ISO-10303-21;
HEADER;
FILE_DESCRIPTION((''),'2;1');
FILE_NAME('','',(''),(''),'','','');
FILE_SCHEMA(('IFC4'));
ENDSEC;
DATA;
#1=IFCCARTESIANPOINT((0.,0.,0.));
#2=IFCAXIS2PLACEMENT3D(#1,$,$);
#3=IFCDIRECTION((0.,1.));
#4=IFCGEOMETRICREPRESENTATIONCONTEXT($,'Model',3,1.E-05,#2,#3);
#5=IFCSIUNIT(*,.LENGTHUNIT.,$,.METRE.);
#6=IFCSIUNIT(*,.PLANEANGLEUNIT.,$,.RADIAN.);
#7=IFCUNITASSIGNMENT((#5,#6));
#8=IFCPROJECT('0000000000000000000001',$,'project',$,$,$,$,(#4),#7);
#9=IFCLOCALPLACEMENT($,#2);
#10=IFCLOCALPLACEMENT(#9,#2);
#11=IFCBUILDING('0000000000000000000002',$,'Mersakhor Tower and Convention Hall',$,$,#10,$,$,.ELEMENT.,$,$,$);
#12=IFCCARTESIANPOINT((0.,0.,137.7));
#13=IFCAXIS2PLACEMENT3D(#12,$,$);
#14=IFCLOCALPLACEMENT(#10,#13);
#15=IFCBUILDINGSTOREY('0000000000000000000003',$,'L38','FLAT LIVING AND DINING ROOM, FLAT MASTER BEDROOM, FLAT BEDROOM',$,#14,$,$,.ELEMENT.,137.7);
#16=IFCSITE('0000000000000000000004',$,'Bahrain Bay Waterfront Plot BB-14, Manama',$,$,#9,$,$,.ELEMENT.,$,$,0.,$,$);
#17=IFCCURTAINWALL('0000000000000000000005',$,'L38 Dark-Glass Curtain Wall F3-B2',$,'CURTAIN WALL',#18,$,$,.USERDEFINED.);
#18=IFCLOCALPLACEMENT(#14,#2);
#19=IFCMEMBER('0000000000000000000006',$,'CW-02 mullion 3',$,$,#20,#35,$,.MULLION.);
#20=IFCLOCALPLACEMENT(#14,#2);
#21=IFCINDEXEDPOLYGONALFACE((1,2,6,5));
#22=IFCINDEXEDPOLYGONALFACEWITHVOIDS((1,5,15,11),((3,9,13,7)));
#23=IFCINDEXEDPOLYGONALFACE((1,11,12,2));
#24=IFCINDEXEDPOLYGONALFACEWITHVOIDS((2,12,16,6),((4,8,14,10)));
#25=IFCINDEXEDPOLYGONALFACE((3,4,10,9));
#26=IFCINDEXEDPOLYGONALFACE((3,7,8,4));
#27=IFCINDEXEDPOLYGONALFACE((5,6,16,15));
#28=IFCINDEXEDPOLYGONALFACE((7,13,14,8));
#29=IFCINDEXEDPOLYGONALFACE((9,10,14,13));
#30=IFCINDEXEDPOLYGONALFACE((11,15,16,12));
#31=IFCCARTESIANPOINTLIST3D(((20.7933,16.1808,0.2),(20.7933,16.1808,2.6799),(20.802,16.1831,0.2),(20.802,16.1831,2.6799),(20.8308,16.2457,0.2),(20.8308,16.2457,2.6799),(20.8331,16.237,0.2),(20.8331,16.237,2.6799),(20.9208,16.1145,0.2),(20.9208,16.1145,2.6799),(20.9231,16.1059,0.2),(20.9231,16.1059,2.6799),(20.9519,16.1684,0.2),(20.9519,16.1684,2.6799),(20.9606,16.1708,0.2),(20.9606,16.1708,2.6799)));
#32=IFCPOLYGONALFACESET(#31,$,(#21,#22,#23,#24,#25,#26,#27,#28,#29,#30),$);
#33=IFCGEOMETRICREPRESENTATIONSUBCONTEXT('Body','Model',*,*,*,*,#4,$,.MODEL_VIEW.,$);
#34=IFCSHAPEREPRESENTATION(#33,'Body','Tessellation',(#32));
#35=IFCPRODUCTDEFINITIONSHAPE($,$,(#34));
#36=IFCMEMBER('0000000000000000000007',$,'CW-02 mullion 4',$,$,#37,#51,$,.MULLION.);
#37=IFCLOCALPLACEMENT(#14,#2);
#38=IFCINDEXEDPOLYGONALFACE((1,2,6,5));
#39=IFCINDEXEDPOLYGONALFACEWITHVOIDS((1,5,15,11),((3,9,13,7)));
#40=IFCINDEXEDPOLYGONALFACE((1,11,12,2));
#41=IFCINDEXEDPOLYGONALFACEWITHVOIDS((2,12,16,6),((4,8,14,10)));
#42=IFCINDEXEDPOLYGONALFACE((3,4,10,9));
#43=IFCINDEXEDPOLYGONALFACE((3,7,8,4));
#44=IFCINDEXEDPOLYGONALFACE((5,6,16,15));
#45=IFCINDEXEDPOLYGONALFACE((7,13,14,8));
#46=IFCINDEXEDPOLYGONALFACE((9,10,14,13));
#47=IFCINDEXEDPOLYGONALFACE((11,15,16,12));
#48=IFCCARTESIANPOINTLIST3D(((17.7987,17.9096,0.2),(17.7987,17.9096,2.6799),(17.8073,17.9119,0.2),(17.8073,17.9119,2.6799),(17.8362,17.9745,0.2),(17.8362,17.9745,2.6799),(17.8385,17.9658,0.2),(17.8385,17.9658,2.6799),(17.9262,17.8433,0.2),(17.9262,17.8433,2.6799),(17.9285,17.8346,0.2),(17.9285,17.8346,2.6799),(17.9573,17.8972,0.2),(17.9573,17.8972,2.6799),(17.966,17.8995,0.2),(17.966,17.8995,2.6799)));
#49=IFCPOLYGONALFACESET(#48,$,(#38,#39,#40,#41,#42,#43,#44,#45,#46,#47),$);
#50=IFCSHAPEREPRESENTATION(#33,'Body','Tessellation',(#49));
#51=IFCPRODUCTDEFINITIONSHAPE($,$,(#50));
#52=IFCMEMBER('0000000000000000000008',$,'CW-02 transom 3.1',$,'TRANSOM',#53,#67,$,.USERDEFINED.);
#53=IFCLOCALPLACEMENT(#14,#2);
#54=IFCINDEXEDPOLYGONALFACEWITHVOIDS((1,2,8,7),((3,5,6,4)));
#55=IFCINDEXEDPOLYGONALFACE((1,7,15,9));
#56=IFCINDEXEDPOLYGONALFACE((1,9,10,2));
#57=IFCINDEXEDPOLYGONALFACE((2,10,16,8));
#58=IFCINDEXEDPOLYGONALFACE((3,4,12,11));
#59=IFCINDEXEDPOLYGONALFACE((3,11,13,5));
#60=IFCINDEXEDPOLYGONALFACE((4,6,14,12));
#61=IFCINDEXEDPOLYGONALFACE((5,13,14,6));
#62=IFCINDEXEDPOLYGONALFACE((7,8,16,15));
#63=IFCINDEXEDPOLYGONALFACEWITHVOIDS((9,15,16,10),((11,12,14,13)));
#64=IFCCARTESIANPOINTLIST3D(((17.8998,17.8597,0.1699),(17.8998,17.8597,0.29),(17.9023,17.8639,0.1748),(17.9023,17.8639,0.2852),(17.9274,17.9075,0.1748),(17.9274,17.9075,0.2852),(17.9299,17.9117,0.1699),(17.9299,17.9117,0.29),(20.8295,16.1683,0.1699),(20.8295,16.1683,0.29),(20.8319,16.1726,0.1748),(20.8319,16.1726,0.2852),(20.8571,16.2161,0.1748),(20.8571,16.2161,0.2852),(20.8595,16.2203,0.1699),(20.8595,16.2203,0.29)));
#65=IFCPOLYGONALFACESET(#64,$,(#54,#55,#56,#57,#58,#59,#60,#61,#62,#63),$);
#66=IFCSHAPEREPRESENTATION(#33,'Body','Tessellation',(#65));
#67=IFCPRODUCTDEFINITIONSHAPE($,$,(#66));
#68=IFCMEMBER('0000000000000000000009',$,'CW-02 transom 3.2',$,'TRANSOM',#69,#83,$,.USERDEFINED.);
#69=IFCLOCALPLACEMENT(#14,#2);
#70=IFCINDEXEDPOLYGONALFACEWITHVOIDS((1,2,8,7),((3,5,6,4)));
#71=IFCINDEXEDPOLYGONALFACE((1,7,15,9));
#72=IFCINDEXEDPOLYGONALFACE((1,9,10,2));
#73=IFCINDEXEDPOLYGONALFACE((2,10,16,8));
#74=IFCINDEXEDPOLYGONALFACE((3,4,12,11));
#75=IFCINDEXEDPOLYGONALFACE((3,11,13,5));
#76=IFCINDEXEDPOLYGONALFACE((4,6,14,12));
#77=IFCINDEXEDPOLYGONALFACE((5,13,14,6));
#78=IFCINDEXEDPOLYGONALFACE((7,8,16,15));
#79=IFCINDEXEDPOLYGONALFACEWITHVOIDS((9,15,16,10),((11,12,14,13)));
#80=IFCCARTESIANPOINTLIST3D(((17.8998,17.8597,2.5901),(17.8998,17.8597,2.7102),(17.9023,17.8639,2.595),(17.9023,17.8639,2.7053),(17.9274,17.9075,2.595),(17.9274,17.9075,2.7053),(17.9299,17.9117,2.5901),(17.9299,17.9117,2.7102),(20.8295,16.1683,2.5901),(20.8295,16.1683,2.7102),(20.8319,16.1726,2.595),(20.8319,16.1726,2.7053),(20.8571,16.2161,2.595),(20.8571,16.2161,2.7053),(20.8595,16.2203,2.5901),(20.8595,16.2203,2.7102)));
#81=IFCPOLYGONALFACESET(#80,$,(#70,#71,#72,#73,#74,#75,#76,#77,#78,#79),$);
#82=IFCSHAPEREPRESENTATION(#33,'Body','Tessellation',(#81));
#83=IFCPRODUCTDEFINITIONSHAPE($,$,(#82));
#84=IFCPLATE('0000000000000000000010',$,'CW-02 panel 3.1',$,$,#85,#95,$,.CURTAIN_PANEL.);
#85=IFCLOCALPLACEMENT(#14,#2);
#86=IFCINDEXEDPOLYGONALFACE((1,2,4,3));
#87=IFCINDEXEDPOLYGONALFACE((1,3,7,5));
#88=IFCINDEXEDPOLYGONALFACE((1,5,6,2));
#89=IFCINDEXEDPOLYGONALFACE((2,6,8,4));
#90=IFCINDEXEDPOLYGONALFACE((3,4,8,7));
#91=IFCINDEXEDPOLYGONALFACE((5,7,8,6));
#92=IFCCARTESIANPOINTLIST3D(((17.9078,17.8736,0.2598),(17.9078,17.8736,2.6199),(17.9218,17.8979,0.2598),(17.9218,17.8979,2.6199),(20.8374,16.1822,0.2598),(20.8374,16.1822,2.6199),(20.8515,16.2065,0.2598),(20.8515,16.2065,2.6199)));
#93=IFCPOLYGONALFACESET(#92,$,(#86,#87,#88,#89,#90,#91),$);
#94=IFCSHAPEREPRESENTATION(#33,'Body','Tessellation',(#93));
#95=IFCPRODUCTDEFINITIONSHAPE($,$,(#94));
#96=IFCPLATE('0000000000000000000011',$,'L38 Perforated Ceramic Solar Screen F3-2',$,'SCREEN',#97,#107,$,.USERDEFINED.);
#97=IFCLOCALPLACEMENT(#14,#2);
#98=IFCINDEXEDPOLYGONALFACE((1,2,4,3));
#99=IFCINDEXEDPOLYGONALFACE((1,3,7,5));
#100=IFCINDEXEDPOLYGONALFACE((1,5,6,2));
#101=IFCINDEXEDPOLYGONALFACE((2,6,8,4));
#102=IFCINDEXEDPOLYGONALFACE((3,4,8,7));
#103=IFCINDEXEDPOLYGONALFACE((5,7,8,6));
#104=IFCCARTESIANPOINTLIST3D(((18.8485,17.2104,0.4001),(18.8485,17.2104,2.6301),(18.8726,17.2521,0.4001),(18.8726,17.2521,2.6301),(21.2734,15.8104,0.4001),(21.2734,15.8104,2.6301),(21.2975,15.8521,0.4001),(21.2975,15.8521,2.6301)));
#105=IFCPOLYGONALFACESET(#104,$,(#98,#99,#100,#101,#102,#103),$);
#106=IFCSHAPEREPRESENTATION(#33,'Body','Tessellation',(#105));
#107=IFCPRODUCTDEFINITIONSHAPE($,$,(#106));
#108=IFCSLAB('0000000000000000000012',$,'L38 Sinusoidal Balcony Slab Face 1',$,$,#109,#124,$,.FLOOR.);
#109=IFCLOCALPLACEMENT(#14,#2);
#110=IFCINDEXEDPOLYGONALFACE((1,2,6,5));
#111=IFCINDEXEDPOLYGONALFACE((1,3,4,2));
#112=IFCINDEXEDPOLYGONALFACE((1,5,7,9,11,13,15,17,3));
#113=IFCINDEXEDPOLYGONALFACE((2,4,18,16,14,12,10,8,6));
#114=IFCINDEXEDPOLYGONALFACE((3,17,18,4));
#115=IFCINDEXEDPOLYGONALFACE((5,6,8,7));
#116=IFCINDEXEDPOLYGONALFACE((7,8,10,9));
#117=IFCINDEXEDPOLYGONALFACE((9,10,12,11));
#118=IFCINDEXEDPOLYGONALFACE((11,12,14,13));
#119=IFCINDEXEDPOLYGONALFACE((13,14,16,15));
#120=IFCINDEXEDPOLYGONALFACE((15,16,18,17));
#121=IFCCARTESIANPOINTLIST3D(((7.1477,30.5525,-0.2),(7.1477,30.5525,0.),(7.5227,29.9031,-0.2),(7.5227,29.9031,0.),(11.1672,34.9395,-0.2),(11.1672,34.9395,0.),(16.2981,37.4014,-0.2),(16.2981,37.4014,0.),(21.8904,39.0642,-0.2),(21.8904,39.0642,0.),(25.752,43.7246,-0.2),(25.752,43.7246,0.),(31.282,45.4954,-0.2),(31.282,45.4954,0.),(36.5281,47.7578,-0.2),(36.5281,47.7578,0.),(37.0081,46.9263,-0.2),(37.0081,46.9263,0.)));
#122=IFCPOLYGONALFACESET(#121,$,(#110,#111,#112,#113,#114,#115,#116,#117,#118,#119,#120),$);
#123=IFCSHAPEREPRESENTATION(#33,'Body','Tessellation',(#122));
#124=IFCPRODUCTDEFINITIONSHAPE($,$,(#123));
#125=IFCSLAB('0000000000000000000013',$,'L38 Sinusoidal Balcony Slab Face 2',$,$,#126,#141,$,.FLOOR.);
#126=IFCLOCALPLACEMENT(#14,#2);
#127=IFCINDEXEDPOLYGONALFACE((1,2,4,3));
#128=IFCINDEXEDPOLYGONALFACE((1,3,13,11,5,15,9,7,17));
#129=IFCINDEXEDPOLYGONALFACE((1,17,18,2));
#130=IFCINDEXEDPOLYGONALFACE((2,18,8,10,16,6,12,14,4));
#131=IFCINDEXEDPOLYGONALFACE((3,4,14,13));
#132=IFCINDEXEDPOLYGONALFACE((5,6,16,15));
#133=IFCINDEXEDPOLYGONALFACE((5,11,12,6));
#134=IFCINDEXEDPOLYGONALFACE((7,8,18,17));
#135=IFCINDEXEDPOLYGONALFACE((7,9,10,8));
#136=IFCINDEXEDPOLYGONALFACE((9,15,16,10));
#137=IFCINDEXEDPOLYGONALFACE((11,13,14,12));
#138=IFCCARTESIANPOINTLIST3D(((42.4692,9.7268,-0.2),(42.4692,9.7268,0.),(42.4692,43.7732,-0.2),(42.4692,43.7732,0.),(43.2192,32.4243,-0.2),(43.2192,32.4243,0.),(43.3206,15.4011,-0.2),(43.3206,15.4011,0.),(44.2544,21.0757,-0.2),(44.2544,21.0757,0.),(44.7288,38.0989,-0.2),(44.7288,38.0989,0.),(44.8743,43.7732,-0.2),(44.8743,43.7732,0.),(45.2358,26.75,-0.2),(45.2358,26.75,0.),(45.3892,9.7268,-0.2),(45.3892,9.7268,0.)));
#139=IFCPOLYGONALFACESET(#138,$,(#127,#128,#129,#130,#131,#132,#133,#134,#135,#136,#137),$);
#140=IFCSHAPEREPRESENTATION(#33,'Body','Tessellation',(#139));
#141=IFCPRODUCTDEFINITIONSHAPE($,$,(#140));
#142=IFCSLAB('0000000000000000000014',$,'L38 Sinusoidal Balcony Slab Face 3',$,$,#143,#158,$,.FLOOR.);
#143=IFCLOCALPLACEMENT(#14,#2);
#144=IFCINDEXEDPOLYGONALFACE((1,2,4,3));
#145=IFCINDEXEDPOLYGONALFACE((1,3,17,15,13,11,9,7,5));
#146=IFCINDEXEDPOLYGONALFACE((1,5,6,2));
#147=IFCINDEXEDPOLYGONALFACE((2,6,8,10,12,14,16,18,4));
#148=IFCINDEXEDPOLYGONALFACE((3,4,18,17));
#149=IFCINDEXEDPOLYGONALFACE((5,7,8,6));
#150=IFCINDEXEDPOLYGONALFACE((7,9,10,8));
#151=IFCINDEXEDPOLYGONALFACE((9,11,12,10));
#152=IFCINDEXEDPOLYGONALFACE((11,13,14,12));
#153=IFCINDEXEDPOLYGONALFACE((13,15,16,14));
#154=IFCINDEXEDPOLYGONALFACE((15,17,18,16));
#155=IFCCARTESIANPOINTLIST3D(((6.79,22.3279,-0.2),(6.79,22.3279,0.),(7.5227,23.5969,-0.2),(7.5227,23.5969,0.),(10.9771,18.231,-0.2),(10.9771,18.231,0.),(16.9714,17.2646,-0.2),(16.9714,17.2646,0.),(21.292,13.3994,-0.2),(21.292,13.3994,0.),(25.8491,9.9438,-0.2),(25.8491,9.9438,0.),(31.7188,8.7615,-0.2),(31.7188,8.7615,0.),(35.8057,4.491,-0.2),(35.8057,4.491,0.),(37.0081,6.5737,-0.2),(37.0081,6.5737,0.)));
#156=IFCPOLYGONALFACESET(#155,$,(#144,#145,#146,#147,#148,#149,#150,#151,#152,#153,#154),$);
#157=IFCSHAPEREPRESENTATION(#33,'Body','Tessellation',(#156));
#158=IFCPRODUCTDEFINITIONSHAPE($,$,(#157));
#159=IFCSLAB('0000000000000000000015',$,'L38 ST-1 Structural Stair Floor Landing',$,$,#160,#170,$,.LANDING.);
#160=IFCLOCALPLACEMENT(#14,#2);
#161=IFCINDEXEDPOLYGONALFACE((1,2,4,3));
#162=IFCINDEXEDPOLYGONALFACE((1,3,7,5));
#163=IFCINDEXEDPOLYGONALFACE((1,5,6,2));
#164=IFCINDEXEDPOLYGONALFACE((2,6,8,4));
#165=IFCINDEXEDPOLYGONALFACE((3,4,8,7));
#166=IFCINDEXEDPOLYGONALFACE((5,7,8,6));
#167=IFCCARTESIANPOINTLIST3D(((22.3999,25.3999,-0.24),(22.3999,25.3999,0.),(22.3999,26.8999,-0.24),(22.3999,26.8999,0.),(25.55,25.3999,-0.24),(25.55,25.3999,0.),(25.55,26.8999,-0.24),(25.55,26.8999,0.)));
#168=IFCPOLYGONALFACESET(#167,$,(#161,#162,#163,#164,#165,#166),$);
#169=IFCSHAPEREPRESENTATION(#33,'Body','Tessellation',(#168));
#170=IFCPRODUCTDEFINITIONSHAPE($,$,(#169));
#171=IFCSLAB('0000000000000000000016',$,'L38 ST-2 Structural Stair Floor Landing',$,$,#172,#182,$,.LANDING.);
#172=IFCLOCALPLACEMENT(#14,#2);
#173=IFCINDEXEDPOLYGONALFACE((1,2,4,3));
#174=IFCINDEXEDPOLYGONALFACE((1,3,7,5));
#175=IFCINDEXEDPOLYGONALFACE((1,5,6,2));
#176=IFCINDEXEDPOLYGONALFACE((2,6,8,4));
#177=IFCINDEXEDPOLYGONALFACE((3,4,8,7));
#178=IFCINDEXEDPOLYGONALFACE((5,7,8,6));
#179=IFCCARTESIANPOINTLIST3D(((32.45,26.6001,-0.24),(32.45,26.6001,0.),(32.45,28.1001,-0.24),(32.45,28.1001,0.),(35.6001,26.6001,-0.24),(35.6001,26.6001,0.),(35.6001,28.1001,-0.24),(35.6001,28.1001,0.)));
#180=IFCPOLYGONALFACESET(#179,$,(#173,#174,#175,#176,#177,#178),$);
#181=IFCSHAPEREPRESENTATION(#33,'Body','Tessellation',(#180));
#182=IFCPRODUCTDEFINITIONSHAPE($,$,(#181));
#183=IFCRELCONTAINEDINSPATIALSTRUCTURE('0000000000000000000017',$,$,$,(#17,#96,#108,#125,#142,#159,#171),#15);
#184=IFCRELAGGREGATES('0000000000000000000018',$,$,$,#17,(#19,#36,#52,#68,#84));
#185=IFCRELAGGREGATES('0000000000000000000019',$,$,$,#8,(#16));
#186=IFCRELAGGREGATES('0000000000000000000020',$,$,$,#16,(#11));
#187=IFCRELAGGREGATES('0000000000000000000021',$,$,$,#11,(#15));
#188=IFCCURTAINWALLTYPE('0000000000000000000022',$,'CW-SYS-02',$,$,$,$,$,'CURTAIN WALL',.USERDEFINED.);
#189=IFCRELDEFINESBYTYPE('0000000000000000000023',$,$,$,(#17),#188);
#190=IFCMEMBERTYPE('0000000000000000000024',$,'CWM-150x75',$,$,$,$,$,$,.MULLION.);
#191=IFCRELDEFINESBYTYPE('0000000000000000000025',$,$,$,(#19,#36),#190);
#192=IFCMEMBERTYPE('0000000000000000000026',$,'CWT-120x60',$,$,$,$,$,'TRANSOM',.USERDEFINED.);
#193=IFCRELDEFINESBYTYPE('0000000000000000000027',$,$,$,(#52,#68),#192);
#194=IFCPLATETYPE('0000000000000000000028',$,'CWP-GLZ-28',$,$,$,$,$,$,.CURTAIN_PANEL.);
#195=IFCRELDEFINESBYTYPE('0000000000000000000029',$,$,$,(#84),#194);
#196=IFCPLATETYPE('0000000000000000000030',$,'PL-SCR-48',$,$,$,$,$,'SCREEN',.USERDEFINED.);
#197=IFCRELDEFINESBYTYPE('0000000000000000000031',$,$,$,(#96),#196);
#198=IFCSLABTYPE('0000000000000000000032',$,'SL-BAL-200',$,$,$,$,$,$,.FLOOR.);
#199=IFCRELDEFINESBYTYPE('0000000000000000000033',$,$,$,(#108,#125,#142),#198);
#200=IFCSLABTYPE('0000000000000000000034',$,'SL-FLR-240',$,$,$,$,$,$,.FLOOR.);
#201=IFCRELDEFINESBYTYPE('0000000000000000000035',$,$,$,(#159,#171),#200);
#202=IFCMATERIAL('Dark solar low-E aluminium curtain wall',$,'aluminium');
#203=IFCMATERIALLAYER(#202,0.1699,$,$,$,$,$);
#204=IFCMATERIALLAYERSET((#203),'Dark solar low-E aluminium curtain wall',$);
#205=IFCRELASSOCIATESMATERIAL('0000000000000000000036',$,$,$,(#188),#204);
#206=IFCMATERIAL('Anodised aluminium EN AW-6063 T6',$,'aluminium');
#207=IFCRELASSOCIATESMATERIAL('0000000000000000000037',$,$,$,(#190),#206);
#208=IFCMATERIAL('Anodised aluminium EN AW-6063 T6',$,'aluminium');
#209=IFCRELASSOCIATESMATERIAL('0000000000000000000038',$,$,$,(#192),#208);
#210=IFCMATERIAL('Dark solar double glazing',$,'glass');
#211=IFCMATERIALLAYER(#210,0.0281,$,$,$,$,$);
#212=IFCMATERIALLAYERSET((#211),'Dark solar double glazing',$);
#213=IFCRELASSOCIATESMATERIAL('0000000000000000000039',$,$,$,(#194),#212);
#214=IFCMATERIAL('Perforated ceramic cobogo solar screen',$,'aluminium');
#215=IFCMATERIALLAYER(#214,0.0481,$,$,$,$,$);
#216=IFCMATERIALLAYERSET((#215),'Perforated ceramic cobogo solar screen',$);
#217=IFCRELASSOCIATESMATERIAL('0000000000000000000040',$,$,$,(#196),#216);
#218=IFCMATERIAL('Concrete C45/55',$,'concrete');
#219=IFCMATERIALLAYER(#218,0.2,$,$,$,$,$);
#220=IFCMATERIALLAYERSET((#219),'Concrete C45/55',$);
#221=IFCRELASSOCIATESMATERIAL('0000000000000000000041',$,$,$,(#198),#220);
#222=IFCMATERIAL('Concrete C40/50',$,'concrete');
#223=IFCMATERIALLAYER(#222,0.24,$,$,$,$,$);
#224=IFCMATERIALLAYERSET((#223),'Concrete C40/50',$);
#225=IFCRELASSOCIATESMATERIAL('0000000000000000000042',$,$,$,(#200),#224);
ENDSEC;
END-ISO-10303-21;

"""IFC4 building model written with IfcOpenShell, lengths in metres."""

from ifc_helpers import new_model, si_unit, direction, frame, origin, origin_2d, place, context, subcontext, project, spatial, polyline, rectangle, hollow_rectangle, outline, extrude, material, layer, layer_set, material_profile, profile_set, type_object, element, aggregate, save


model = new_model("IFC4")

# Units and contexts
model_context = context("Model", 3, precision=1e-05, world=origin(), true_north=direction((0.0, 1.0)))
body_context = subcontext(model_context, "Body", "Model", "MODEL_VIEW")
ifc_project = project(units=[si_unit("LENGTHUNIT", "METRE"), si_unit("PLANEANGLEUNIT", "RADIAN")], contexts=[model_context])

# Site, building, storey
site_placement = place(None, origin())
site = spatial("IfcSite", under=ifc_project, at=site_placement, Name="Bahrain Bay Waterfront Plot BB-14, Manama", CompositionType="ELEMENT", RefElevation=0.0)
building_placement = place(site_placement, origin())
building = spatial("IfcBuilding", under=site, at=building_placement, Name="Mersakhor Tower and Convention Hall", CompositionType="ELEMENT")
storey_placement = place(building_placement, frame((0.0, 0.0, 137.7)))
storey = spatial("IfcBuildingStorey", under=building, at=storey_placement, Name="L38", Description="FLAT LIVING AND DINING ROOM, FLAT MASTER BEDROOM, FLAT BEDROOM", CompositionType="ELEMENT", Elevation=137.7)

# Curtain wall, members, plate
ifc_material_1 = material(Name="Dark solar low-E aluminium curtain wall", Category="aluminium")
ifc_layer_1 = layer(ifc_material_1, 0.1699)
ifc_layer_set_1 = layer_set([ifc_layer_1], Name="Dark solar low-E aluminium curtain wall")
curtain_wall_type = type_object("IfcCurtainWallType", Name="CW-SYS-02", ElementType="CURTAIN WALL", PredefinedType="USERDEFINED", material=ifc_layer_set_1)
curtain_wall_placement = place(storey_placement, origin())
curtain_wall = element("IfcCurtainWall", 1, at=curtain_wall_placement, inside=storey, type_object=curtain_wall_type, Name="L38 Dark-Glass Curtain Wall F3-B2", ObjectType="CURTAIN WALL", PredefinedType="USERDEFINED")
ifc_material_2 = material(Name="Anodised aluminium EN AW-6063 T6", Category="aluminium")
ifc_material_profile_1 = material_profile(ifc_material_2, hollow_rectangle(XDim=0.075, YDim=0.1499, WallThickness=0.0063, at=origin_2d()), Name="RHS 150x75x6.3")
ifc_profile_set_1 = profile_set([ifc_material_profile_1], Name="Anodised aluminium EN AW-6063 T6")
member_type_1 = type_object("IfcMemberType", Name="CWM-150x75", PredefinedType="MULLION", material=ifc_profile_set_1)
member_1_placement = place(storey_placement, frame((20.877, 16.1758, 0.2), z_axis=(0.0, 0.0, 1.0), x_axis=(-0.49999, -0.866031, 0.0)))
member_1 = element("IfcMember", 2, at=member_1_placement, type_object=member_type_1, Name="CW-02 mullion 3", PredefinedType="MULLION", context=body_context, shape_type="SweptSolid", body=[
    extrude(hollow_rectangle(XDim=0.075, YDim=0.1499, WallThickness=0.0063, at=origin_2d()), origin(), (0.0, 0.0, 1.0), 2.48),
])
member_2_placement = place(storey_placement, frame((17.8823, 17.9045, 0.2), z_axis=(0.0, 0.0, 1.0), x_axis=(-0.49999, -0.866031, 0.0)))
member_2 = element("IfcMember", 3, at=member_2_placement, type_object=member_type_1, Name="CW-02 mullion 4", PredefinedType="MULLION", context=body_context, shape_type="SweptSolid", body=[
    extrude(hollow_rectangle(XDim=0.075, YDim=0.1499, WallThickness=0.0063, at=origin_2d()), origin(), (0.0, 0.0, 1.0), 2.48),
])
ifc_material_3 = material(Name="Anodised aluminium EN AW-6063 T6", Category="aluminium")
ifc_material_profile_2 = material_profile(ifc_material_3, hollow_rectangle(XDim=0.0601, YDim=0.1201, WallThickness=0.0049, at=origin_2d()), Name="RHS 120x60x5")
ifc_profile_set_2 = profile_set([ifc_material_profile_2], Name="Anodised aluminium EN AW-6063 T6")
member_type_2 = type_object("IfcMemberType", Name="CWT-120x60", ElementType="TRANSOM", PredefinedType="USERDEFINED", material=ifc_profile_set_2)
member_3_placement = place(storey_placement, frame((20.8445, 16.1943, 0.23), z_axis=(-0.866032, 0.499989, 0.0), x_axis=(-0.499989, -0.866032, 0.0)))
member_3 = element("IfcMember", 4, at=member_3_placement, type_object=member_type_2, Name="CW-02 transom 3.1", ObjectType="TRANSOM", PredefinedType="USERDEFINED", context=body_context, shape_type="SweptSolid", body=[
    extrude(hollow_rectangle(XDim=0.0601, YDim=0.1201, WallThickness=0.0049, at=origin_2d()), origin(), (0.0, 0.0, 1.0), 3.3828),
])
member_4_placement = place(storey_placement, frame((20.8445, 16.1943, 2.6501), z_axis=(-0.866032, 0.499989, 0.0), x_axis=(-0.499989, -0.866032, 0.0)))
member_4 = element("IfcMember", 5, at=member_4_placement, type_object=member_type_2, Name="CW-02 transom 3.2", ObjectType="TRANSOM", PredefinedType="USERDEFINED", context=body_context, shape_type="SweptSolid", body=[
    extrude(hollow_rectangle(XDim=0.0601, YDim=0.1201, WallThickness=0.0049, at=origin_2d()), origin(), (0.0, 0.0, 1.0), 3.3828),
])
ifc_material_4 = material(Name="Dark solar double glazing", Category="glass")
ifc_layer_2 = layer(ifc_material_4, 0.0281)
ifc_layer_set_2 = layer_set([ifc_layer_2], Name="Dark solar double glazing")
plate_type_1 = type_object("IfcPlateType", Name="CWP-GLZ-28", PredefinedType="CURTAIN_PANEL", material=ifc_layer_set_2)
plate_1_placement = place(storey_placement, frame((19.3796, 17.04, 0.2598), z_axis=(0.0, 0.0, 1.0), x_axis=(-0.866031, 0.49999, 0.0)))
plate_1 = element("IfcPlate", 6, at=plate_1_placement, type_object=plate_type_1, Name="CW-02 panel 3.1", PredefinedType="CURTAIN_PANEL", context=body_context, shape_type="SweptSolid", body=[
    extrude(rectangle(XDim=3.3828, YDim=0.0281, at=origin_2d()), origin(), (0.0, 0.0, 1.0), 2.3601),
])
aggregate(curtain_wall, [member_1, member_2, member_3, member_4, plate_1])

# Plate
ifc_material_5 = material(Name="Perforated ceramic cobogo solar screen", Category="aluminium")
ifc_layer_3 = layer(ifc_material_5, 0.0481)
ifc_layer_set_3 = layer_set([ifc_layer_3], Name="Perforated ceramic cobogo solar screen")
plate_type_2 = type_object("IfcPlateType", Name="PL-SCR-48", ElementType="SCREEN", PredefinedType="USERDEFINED", material=ifc_layer_set_3)
plate_2_placement = place(storey_placement, frame((20.073, 16.5312, 0.4001), z_axis=(0.0, 0.0, 1.0), x_axis=(-0.866025, 0.5, 0.0)))
element("IfcPlate", 7, at=plate_2_placement, inside=storey, type_object=plate_type_2, Name="L38 Perforated Ceramic Solar Screen F3-2", ObjectType="SCREEN", PredefinedType="USERDEFINED", context=body_context, shape_type="SweptSolid", body=[
    extrude(rectangle(XDim=2.8, YDim=0.0481, at=origin_2d()), origin(), (0.0, 0.0, 1.0), 2.23),
])

# Slabs
ifc_material_6 = material(Name="Concrete C45/55", Category="concrete")
ifc_layer_4 = layer(ifc_material_6, 0.2)
ifc_layer_set_4 = layer_set([ifc_layer_4], Name="Concrete C45/55")
slab_type_1 = type_object("IfcSlabType", Name="SL-BAL-200", PredefinedType="FLOOR", material=ifc_layer_set_4)
slab_1_placement = place(storey_placement, frame((0.0, 0.0, -0.2)))
element("IfcSlab", 8, at=slab_1_placement, inside=storey, type_object=slab_type_1, Name="L38 Sinusoidal Balcony Slab Face 1", PredefinedType="FLOOR", context=body_context, shape_type="SweptSolid", body=[
    extrude(outline(polyline([(7.5227, 29.9031), (37.0081, 46.9263), (36.5281, 47.7578), (31.282, 45.4954), (25.752, 43.7246), (21.8904, 39.0642), (16.2981, 37.4014), (11.1672, 34.9395), (7.1477, 30.5525), (7.5227, 29.9031)])), origin(), (0.0, 0.0, 1.0), 0.2),
])
slab_2_placement = place(storey_placement, frame((0.0, 0.0, -0.2)))
element("IfcSlab", 9, at=slab_2_placement, inside=storey, type_object=slab_type_1, Name="L38 Sinusoidal Balcony Slab Face 2", PredefinedType="FLOOR", context=body_context, shape_type="SweptSolid", body=[
    extrude(outline(polyline([(42.4692, 43.7732), (42.4692, 9.7268), (45.3892, 9.7268), (43.3206, 15.4011), (44.2544, 21.0757), (45.2358, 26.75), (43.2192, 32.4243), (44.7288, 38.0989), (44.8743, 43.7732), (42.4692, 43.7732)])), origin(), (0.0, 0.0, 1.0), 0.2),
])
slab_3_placement = place(storey_placement, frame((0.0, 0.0, -0.2)))
element("IfcSlab", 10, at=slab_3_placement, inside=storey, type_object=slab_type_1, Name="L38 Sinusoidal Balcony Slab Face 3", PredefinedType="FLOOR", context=body_context, shape_type="SweptSolid", body=[
    extrude(outline(polyline([(37.0081, 6.5737), (7.5227, 23.5969), (6.79, 22.3279), (10.9771, 18.231), (16.9714, 17.2646), (21.292, 13.3994), (25.8491, 9.9438), (31.7188, 8.7615), (35.8057, 4.491), (37.0081, 6.5737)])), origin(), (0.0, 0.0, 1.0), 0.2),
])
ifc_material_7 = material(Name="Concrete C40/50", Category="concrete")
ifc_layer_5 = layer(ifc_material_7, 0.24)
ifc_layer_set_5 = layer_set([ifc_layer_5], Name="Concrete C40/50")
slab_type_2 = type_object("IfcSlabType", Name="SL-FLR-240", PredefinedType="FLOOR", material=ifc_layer_set_5)
slab_4_placement = place(storey_placement, frame((0.0, 0.0, -0.24)))
element("IfcSlab", 11, at=slab_4_placement, inside=storey, type_object=slab_type_2, Name="L38 ST-1 Structural Stair Floor Landing", PredefinedType="LANDING", context=body_context, shape_type="SweptSolid", body=[
    extrude(outline(polyline([(25.55, 25.3999), (25.55, 26.8999), (22.3999, 26.8999), (22.3999, 25.3999), (25.55, 25.3999)])), origin(), (0.0, 0.0, 1.0), 0.24),
])
slab_5_placement = place(storey_placement, frame((0.0, 0.0, -0.24)))
element("IfcSlab", 12, at=slab_5_placement, inside=storey, type_object=slab_type_2, Name="L38 ST-2 Structural Stair Floor Landing", PredefinedType="LANDING", context=body_context, shape_type="SweptSolid", body=[
    extrude(outline(polyline([(32.45, 28.1001), (32.45, 26.6001), (35.6001, 26.6001), (35.6001, 28.1001), (32.45, 28.1001)])), origin(), (0.0, 0.0, 1.0), 0.24),
])

save(model, "model.ifc")
